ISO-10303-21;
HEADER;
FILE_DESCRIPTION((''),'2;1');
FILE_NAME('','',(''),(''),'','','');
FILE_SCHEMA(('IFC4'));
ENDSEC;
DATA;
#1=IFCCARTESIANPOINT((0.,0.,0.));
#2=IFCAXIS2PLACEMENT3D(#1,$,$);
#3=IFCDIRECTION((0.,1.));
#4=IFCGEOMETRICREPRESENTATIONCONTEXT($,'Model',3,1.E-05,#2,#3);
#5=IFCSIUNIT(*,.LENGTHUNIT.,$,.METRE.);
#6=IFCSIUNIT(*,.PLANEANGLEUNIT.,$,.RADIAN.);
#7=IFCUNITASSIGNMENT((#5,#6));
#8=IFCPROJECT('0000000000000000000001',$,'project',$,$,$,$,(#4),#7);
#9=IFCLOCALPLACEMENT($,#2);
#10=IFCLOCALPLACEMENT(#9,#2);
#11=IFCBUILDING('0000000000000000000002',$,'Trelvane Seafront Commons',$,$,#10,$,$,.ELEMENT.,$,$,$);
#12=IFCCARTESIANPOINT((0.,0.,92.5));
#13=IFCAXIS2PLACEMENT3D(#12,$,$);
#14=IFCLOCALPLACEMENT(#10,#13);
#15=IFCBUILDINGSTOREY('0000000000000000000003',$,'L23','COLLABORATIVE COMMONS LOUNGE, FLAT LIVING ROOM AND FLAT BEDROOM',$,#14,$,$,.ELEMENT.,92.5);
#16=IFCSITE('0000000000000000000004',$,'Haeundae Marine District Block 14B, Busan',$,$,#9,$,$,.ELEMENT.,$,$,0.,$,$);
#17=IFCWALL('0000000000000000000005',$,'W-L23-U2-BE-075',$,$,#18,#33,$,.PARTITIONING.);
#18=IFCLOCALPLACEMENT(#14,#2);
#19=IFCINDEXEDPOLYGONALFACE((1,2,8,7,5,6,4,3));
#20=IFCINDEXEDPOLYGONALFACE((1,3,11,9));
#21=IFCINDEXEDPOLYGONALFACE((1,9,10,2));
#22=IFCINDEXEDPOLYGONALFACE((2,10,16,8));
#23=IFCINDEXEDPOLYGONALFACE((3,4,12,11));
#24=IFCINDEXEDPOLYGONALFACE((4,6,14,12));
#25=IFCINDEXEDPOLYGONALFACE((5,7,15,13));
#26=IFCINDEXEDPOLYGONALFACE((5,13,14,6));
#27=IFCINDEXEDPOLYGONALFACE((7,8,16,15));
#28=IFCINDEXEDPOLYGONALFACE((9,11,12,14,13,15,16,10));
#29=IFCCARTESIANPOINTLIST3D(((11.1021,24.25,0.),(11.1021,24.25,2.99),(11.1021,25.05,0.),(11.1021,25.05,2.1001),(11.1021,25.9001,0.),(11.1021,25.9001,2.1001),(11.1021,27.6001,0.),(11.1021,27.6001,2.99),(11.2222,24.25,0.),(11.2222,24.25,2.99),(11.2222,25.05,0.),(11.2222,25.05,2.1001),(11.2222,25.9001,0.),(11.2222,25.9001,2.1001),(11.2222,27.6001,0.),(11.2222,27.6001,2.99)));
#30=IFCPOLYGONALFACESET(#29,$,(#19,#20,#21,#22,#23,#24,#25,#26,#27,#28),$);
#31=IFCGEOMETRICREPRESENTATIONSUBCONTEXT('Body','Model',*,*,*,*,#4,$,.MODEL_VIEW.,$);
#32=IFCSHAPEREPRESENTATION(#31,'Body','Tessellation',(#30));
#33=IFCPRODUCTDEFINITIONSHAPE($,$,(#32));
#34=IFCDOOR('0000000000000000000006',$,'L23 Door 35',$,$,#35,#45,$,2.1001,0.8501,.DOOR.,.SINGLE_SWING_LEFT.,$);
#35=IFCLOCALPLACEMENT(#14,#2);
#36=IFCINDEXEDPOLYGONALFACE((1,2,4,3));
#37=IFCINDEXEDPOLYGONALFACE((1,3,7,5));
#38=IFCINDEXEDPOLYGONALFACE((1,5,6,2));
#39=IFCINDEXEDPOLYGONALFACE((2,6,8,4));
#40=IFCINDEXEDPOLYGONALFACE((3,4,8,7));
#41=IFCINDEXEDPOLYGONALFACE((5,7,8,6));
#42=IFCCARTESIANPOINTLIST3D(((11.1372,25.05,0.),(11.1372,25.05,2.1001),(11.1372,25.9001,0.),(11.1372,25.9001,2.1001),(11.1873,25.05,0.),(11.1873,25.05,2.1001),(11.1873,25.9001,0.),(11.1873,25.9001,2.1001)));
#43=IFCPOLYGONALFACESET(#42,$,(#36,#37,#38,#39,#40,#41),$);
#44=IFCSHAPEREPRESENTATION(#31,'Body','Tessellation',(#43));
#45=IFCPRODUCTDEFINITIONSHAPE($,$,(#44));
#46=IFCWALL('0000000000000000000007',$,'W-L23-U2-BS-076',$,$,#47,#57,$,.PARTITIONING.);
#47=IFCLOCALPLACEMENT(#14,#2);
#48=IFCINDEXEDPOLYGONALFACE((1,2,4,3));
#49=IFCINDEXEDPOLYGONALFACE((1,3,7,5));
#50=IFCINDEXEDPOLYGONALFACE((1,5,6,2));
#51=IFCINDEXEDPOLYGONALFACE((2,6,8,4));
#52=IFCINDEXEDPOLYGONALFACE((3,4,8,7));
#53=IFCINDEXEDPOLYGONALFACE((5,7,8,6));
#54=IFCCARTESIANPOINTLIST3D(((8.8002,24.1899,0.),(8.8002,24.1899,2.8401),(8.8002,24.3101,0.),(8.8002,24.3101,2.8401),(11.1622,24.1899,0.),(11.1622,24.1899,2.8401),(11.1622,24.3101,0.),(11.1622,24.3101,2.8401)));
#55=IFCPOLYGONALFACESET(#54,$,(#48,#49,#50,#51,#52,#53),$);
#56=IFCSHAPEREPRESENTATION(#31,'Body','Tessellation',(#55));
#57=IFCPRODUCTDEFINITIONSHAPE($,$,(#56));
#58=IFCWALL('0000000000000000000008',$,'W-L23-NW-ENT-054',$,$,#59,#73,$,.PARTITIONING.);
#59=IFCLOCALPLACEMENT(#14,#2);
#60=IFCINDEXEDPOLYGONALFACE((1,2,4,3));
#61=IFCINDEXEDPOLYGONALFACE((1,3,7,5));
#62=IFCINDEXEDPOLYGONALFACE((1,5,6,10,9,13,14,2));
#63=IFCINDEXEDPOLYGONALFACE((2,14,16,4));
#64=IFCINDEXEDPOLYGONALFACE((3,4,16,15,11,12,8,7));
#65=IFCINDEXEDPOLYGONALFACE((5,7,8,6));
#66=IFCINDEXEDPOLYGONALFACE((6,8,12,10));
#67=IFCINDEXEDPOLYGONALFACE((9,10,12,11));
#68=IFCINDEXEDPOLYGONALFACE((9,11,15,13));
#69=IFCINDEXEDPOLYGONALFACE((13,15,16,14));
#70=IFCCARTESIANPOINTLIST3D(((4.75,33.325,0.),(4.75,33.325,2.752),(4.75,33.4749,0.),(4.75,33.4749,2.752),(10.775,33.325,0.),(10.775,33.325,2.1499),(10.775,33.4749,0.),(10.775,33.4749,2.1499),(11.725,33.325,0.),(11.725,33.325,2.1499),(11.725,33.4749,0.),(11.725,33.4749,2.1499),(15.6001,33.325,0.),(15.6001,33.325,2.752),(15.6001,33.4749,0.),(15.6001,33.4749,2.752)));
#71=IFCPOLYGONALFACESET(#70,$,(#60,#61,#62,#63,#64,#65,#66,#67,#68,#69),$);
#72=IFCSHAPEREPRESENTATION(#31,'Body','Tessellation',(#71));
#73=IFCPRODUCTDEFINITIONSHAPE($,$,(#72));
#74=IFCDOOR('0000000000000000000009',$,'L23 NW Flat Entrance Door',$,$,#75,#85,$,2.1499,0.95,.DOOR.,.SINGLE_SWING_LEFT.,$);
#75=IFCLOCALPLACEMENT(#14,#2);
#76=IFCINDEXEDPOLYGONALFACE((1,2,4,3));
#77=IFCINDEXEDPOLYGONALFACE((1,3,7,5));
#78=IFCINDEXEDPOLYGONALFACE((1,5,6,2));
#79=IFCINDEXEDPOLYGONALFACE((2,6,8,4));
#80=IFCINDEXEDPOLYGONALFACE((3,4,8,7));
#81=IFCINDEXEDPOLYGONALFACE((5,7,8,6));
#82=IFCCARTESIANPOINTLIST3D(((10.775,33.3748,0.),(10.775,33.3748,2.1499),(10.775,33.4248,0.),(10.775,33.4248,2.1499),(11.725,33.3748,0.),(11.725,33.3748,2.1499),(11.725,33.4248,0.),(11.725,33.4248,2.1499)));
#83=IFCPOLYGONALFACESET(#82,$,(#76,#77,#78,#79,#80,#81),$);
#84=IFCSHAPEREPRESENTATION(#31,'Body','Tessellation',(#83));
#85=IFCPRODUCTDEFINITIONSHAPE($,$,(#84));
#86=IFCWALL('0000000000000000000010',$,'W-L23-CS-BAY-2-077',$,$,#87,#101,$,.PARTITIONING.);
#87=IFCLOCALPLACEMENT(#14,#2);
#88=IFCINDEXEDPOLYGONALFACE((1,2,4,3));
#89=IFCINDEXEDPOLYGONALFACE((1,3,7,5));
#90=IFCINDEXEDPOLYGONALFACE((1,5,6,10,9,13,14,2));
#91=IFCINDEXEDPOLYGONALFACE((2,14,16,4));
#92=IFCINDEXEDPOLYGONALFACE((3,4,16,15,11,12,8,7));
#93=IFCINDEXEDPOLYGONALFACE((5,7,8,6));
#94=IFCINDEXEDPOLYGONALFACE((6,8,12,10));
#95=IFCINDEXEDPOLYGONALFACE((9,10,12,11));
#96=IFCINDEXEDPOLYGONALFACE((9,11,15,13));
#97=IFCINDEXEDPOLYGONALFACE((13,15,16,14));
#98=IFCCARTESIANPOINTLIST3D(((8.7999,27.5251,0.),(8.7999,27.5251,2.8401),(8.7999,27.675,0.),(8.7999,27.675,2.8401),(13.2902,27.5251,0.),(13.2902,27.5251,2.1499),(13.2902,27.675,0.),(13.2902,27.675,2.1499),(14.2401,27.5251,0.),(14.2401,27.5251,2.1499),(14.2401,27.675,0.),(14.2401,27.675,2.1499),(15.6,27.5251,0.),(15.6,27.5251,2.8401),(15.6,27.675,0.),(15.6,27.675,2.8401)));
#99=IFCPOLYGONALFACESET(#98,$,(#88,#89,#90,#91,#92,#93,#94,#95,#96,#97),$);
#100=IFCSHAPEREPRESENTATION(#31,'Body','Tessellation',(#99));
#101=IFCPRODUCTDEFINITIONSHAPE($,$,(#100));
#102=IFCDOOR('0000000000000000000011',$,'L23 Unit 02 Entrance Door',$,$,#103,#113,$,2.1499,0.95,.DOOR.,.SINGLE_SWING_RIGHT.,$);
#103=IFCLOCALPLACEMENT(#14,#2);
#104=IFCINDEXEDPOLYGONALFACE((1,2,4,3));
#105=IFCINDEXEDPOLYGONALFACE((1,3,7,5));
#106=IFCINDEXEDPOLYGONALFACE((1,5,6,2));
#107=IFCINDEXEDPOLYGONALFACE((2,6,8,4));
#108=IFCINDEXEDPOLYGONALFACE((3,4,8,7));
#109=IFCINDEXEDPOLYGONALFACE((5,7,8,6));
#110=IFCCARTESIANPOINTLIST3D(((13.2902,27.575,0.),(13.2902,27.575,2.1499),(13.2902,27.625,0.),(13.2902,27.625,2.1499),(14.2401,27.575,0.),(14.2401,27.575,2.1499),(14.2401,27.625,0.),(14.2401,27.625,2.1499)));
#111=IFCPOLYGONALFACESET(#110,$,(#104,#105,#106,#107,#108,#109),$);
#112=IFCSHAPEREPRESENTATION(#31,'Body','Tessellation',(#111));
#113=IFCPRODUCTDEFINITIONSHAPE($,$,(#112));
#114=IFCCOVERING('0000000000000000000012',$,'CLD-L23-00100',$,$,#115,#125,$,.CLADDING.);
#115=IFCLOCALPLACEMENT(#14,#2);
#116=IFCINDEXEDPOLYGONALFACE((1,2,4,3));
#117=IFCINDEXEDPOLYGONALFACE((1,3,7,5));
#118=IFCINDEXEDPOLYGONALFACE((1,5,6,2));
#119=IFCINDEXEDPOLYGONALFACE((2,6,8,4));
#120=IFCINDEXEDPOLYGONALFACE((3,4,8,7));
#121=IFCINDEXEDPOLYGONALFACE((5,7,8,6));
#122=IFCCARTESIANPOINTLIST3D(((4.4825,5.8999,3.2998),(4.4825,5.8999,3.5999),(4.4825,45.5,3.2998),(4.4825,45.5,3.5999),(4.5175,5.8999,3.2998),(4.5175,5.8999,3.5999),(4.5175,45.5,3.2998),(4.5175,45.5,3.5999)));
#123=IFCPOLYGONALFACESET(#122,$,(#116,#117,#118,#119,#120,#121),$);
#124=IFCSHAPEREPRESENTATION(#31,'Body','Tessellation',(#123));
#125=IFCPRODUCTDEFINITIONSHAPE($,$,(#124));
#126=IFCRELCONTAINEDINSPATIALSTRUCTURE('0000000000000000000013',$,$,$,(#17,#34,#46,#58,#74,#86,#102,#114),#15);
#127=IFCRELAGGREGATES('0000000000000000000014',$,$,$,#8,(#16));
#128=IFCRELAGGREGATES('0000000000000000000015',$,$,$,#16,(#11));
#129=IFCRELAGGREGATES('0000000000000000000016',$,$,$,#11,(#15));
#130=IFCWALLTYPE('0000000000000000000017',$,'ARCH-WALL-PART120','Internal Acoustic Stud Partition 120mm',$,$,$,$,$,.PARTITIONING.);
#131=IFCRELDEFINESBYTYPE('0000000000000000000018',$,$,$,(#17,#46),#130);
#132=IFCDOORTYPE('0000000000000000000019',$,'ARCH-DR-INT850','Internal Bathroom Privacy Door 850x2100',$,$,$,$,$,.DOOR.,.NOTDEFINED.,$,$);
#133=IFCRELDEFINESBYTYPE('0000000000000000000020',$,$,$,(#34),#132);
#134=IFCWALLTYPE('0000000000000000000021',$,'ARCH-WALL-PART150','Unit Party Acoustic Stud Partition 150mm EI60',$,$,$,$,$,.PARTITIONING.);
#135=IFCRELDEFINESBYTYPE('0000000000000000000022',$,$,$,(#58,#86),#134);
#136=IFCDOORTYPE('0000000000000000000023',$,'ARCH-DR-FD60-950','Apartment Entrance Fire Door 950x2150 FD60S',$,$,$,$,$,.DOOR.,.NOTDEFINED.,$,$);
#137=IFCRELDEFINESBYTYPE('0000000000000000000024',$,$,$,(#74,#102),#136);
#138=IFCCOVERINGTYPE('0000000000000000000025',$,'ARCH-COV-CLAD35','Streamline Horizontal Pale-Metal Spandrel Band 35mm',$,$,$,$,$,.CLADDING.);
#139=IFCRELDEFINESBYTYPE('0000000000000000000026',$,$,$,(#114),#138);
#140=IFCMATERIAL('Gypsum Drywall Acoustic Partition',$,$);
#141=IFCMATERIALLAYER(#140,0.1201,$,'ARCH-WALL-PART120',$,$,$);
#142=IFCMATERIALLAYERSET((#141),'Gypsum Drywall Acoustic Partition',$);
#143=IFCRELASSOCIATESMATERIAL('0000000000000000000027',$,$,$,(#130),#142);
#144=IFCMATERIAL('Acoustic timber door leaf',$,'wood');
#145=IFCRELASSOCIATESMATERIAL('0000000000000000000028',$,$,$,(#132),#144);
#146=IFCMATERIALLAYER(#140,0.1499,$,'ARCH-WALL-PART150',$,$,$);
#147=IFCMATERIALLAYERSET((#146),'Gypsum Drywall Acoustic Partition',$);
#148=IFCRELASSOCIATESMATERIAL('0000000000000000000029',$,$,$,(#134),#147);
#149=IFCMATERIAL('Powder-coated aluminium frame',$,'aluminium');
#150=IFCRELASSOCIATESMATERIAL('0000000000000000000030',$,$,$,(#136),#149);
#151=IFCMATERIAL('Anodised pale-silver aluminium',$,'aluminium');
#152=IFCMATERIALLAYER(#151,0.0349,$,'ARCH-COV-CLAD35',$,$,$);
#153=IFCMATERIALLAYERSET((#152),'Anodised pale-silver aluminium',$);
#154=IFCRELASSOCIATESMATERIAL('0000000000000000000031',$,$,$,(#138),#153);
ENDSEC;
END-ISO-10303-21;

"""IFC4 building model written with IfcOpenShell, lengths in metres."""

from ifc_helpers import new_model, si_unit, direction, frame, frame_2d, origin, origin_2d, place, context, subcontext, project, spatial, rectangle, extrude, source, transform, mapped, material, layer, layer_set, type_object, element, fill, save


model = new_model("IFC4")

# Units and contexts
model_context = context("Model", 3, precision=1e-05, world=origin(), true_north=direction((0.0, 1.0)))
body_context = subcontext(model_context, "Body", "Model", "MODEL_VIEW")
ifc_project = project(units=[si_unit("LENGTHUNIT", "METRE"), si_unit("PLANEANGLEUNIT", "RADIAN")], contexts=[model_context])

# Site, building, storey
site_placement = place(None, origin())
site = spatial("IfcSite", under=ifc_project, at=site_placement, Name="Haeundae Marine District Block 14B, Busan", CompositionType="ELEMENT", RefElevation=0.0)
building_placement = place(site_placement, origin())
building = spatial("IfcBuilding", under=site, at=building_placement, Name="Trelvane Seafront Commons", CompositionType="ELEMENT")
storey_placement = place(building_placement, frame((0.0, 0.0, 92.5)))
storey = spatial("IfcBuildingStorey", under=building, at=storey_placement, Name="L23", Description="COLLABORATIVE COMMONS LOUNGE, FLAT LIVING ROOM AND FLAT BEDROOM", CompositionType="ELEMENT", Elevation=92.5)

# Shared definitions
ifc_material_1 = material(Name="Gypsum Drywall Acoustic Partition")
ifc_layer_1 = layer(ifc_material_1, 0.1201, Name="ARCH-WALL-PART120")
ifc_layer_set_1 = layer_set([ifc_layer_1], Name="Gypsum Drywall Acoustic Partition")
wall_type_1 = type_object("IfcWallType", Name="ARCH-WALL-PART120", Description="Internal Acoustic Stud Partition 120mm", PredefinedType="PARTITIONING", material=ifc_layer_set_1)
ifc_material_2 = material(Name="Acoustic timber door leaf", Category="wood")
shared_shape_1 = source(origin(), body_context, "Body", "SweptSolid", [
    extrude(rectangle(XDim=0.95, YDim=2.1499, at=frame_2d((0.4751, 1.075))), frame((0.0, 0.0249, 0.0), z_axis=(0.0, -1.0, 0.0), x_axis=(1.0, 0.0, 0.0)), (0.0, 0.0, 1.0), 0.05),
])
door_type_1 = type_object("IfcDoorType", Name="ARCH-DR-INT850", Description="Internal Bathroom Privacy Door 850x2100", OperationType="NOTDEFINED", PredefinedType="DOOR", material=ifc_material_2)
shared_shape_2 = source(origin(), body_context, "Body", "SweptSolid", [
    extrude(rectangle(XDim=0.8501, YDim=2.1001, at=frame_2d((0.425, 1.05))), frame((0.0, 0.0249, 0.0), z_axis=(0.0, -1.0, 0.0), x_axis=(1.0, 0.0, 0.0)), (0.0, 0.0, 1.0), 0.05),
])

# Wall, opening, door
wall_1_placement = place(storey_placement, frame((11.1621, 24.25, 0.0), z_axis=(0.0, 0.0, 1.0), x_axis=(0.0, 1.0, 0.0)))
wall_1 = element("IfcWall", 1, at=wall_1_placement, inside=storey, type_object=wall_type_1, Name="W-L23-U2-BE-075", PredefinedType="PARTITIONING", context=body_context, shape_type="SweptSolid", body=[
    extrude(rectangle(XDim=3.3501, YDim=0.1201, at=frame_2d((1.675, 0.0))), origin(), (0.0, 0.0, 1.0), 2.99),
])
opening_1_placement = place(wall_1_placement, frame((0.8, 0.0, 0.0)))
opening_1 = element("IfcOpeningElement", 2, at=opening_1_placement, cuts=wall_1, PredefinedType="OPENING", context=body_context, shape_type="SweptSolid", body=[
    extrude(rectangle(XDim=0.8501, YDim=2.1001, at=frame_2d((0.425, 1.05))), frame((0.0, 0.0701, 0.0), z_axis=(0.0, -1.0, 0.0), x_axis=(1.0, 0.0, 0.0)), (0.0, 0.0, 1.0), 0.1401),
])
door_1_placement = place(opening_1_placement, origin())
door_1 = element("IfcDoor", 3, at=door_1_placement, inside=storey, type_object=door_type_1, Name="L23 Door 35", OperationType="SINGLE_SWING_LEFT", OverallHeight=2.1001, OverallWidth=0.8501, PredefinedType="DOOR", context=body_context, shape_type="MappedRepresentation", body=[
    mapped(shared_shape_2, transform((0.0, 0.0, 0.0), x_axis=(1.0, 0.0, 0.0), y_axis=(0.0, 1.0, 0.0), z_axis=(0.0, 0.0, 1.0), scale=1.0)),
])
fill(opening_1, door_1)

# Wall
wall_2_placement = place(storey_placement, frame((8.8, 24.25, 0.0), z_axis=(0.0, 0.0, 1.0), x_axis=(1.0, 0.0, 0.0)))
element("IfcWall", 4, at=wall_2_placement, inside=storey, type_object=wall_type_1, Name="W-L23-U2-BS-076", PredefinedType="PARTITIONING", context=body_context, shape_type="SweptSolid", body=[
    extrude(rectangle(XDim=2.3621, YDim=0.1201, at=frame_2d((1.1812, 0.0))), origin(), (0.0, 0.0, 1.0), 2.8401),
])

# Walls, openings, doors
ifc_layer_2 = layer(ifc_material_1, 0.1499, Name="ARCH-WALL-PART150")
ifc_layer_set_2 = layer_set([ifc_layer_2], Name="Gypsum Drywall Acoustic Partition")
wall_type_2 = type_object("IfcWallType", Name="ARCH-WALL-PART150", Description="Unit Party Acoustic Stud Partition 150mm EI60", PredefinedType="PARTITIONING", material=ifc_layer_set_2)
wall_3_placement = place(storey_placement, frame((4.75, 33.3999, 0.0), z_axis=(0.0, 0.0, 1.0), x_axis=(1.0, 0.0, 0.0)))
wall_3 = element("IfcWall", 5, at=wall_3_placement, inside=storey, type_object=wall_type_2, Name="W-L23-NW-ENT-054", PredefinedType="PARTITIONING", context=body_context, shape_type="SweptSolid", body=[
    extrude(rectangle(XDim=10.8501, YDim=0.1499, at=frame_2d((5.425, 0.0))), origin(), (0.0, 0.0, 1.0), 2.752),
])
opening_2_placement = place(wall_3_placement, frame((6.0249, 0.0, 0.0)))
opening_2 = element("IfcOpeningElement", 6, at=opening_2_placement, cuts=wall_3, PredefinedType="OPENING", context=body_context, shape_type="SweptSolid", body=[
    extrude(rectangle(XDim=0.95, YDim=2.1499, at=frame_2d((0.4751, 1.075))), frame((0.0, 0.085, 0.0), z_axis=(0.0, -1.0, 0.0), x_axis=(1.0, 0.0, 0.0)), (0.0, 0.0, 1.0), 0.1699),
])
ifc_material_3 = material(Name="Powder-coated aluminium frame", Category="aluminium")
door_type_2 = type_object("IfcDoorType", Name="ARCH-DR-FD60-950", Description="Apartment Entrance Fire Door 950x2150 FD60S", OperationType="NOTDEFINED", PredefinedType="DOOR", material=ifc_material_3)
door_2_placement = place(opening_2_placement, origin())
door_2 = element("IfcDoor", 7, at=door_2_placement, inside=storey, type_object=door_type_2, Name="L23 NW Flat Entrance Door", OperationType="SINGLE_SWING_LEFT", OverallHeight=2.1499, OverallWidth=0.95, PredefinedType="DOOR", context=body_context, shape_type="MappedRepresentation", body=[
    mapped(shared_shape_1, transform((0.0, 0.0, 0.0), x_axis=(1.0, 0.0, 0.0), y_axis=(0.0, 1.0, 0.0), z_axis=(0.0, 0.0, 1.0), scale=1.0)),
])
fill(opening_2, door_2)
wall_4_placement = place(storey_placement, frame((8.8, 27.6001, 0.0), z_axis=(0.0, 0.0, 1.0), x_axis=(1.0, 0.0, 0.0)))
wall_4 = element("IfcWall", 8, at=wall_4_placement, inside=storey, type_object=wall_type_2, Name="W-L23-CS-BAY-2-077", PredefinedType="PARTITIONING", context=body_context, shape_type="SweptSolid", body=[
    extrude(rectangle(XDim=6.8, YDim=0.1499, at=frame_2d((3.3999, 0.0))), origin(), (0.0, 0.0, 1.0), 2.8401),
])
opening_3_placement = place(wall_4_placement, frame((4.49, 0.0, 0.0)))
opening_3 = element("IfcOpeningElement", 9, at=opening_3_placement, cuts=wall_4, PredefinedType="OPENING", context=body_context, shape_type="SweptSolid", body=[
    extrude(rectangle(XDim=0.95, YDim=2.1499, at=frame_2d((0.4751, 1.075))), frame((0.0, 0.085, 0.0), z_axis=(0.0, -1.0, 0.0), x_axis=(1.0, 0.0, 0.0)), (0.0, 0.0, 1.0), 0.1699),
])
door_3_placement = place(opening_3_placement, origin())
door_3 = element("IfcDoor", 10, at=door_3_placement, inside=storey, type_object=door_type_2, Name="L23 Unit 02 Entrance Door", OperationType="SINGLE_SWING_RIGHT", OverallHeight=2.1499, OverallWidth=0.95, PredefinedType="DOOR", context=body_context, shape_type="MappedRepresentation", body=[
    mapped(shared_shape_1, transform((0.0, 0.0, 0.0), x_axis=(1.0, 0.0, 0.0), y_axis=(0.0, 1.0, 0.0), z_axis=(0.0, 0.0, 1.0), scale=1.0)),
])
fill(opening_3, door_3)

# Covering
ifc_material_4 = material(Name="Anodised pale-silver aluminium", Category="aluminium")
ifc_layer_3 = layer(ifc_material_4, 0.0349, Name="ARCH-COV-CLAD35")
ifc_layer_set_3 = layer_set([ifc_layer_3], Name="Anodised pale-silver aluminium")
covering_type = type_object("IfcCoveringType", Name="ARCH-COV-CLAD35", Description="Streamline Horizontal Pale-Metal Spandrel Band 35mm", PredefinedType="CLADDING", material=ifc_layer_set_3)
shared_shape_3 = source(origin(), body_context, "Body", "SweptSolid", [
    extrude(rectangle(XDim=39.6001, YDim=0.0349, at=origin_2d()), origin(), (0.0, 0.0, 1.0), 0.3),
])
covering_placement = place(storey_placement, frame((4.5, 25.7, 3.2998), z_axis=(0.0, 0.0, 1.0), x_axis=(0.0, 1.0, 0.0)))
element("IfcCovering", 11, at=covering_placement, inside=storey, type_object=covering_type, Name="CLD-L23-00100", PredefinedType="CLADDING", context=body_context, shape_type="MappedRepresentation", body=[
    mapped(shared_shape_3, transform((0.0, 0.0, 0.0), x_axis=(1.0, 0.0, 0.0), y_axis=(0.0, 1.0, 0.0), z_axis=(0.0, 0.0, 1.0), scale=1.0)),
])

save(model, "model.ifc")
